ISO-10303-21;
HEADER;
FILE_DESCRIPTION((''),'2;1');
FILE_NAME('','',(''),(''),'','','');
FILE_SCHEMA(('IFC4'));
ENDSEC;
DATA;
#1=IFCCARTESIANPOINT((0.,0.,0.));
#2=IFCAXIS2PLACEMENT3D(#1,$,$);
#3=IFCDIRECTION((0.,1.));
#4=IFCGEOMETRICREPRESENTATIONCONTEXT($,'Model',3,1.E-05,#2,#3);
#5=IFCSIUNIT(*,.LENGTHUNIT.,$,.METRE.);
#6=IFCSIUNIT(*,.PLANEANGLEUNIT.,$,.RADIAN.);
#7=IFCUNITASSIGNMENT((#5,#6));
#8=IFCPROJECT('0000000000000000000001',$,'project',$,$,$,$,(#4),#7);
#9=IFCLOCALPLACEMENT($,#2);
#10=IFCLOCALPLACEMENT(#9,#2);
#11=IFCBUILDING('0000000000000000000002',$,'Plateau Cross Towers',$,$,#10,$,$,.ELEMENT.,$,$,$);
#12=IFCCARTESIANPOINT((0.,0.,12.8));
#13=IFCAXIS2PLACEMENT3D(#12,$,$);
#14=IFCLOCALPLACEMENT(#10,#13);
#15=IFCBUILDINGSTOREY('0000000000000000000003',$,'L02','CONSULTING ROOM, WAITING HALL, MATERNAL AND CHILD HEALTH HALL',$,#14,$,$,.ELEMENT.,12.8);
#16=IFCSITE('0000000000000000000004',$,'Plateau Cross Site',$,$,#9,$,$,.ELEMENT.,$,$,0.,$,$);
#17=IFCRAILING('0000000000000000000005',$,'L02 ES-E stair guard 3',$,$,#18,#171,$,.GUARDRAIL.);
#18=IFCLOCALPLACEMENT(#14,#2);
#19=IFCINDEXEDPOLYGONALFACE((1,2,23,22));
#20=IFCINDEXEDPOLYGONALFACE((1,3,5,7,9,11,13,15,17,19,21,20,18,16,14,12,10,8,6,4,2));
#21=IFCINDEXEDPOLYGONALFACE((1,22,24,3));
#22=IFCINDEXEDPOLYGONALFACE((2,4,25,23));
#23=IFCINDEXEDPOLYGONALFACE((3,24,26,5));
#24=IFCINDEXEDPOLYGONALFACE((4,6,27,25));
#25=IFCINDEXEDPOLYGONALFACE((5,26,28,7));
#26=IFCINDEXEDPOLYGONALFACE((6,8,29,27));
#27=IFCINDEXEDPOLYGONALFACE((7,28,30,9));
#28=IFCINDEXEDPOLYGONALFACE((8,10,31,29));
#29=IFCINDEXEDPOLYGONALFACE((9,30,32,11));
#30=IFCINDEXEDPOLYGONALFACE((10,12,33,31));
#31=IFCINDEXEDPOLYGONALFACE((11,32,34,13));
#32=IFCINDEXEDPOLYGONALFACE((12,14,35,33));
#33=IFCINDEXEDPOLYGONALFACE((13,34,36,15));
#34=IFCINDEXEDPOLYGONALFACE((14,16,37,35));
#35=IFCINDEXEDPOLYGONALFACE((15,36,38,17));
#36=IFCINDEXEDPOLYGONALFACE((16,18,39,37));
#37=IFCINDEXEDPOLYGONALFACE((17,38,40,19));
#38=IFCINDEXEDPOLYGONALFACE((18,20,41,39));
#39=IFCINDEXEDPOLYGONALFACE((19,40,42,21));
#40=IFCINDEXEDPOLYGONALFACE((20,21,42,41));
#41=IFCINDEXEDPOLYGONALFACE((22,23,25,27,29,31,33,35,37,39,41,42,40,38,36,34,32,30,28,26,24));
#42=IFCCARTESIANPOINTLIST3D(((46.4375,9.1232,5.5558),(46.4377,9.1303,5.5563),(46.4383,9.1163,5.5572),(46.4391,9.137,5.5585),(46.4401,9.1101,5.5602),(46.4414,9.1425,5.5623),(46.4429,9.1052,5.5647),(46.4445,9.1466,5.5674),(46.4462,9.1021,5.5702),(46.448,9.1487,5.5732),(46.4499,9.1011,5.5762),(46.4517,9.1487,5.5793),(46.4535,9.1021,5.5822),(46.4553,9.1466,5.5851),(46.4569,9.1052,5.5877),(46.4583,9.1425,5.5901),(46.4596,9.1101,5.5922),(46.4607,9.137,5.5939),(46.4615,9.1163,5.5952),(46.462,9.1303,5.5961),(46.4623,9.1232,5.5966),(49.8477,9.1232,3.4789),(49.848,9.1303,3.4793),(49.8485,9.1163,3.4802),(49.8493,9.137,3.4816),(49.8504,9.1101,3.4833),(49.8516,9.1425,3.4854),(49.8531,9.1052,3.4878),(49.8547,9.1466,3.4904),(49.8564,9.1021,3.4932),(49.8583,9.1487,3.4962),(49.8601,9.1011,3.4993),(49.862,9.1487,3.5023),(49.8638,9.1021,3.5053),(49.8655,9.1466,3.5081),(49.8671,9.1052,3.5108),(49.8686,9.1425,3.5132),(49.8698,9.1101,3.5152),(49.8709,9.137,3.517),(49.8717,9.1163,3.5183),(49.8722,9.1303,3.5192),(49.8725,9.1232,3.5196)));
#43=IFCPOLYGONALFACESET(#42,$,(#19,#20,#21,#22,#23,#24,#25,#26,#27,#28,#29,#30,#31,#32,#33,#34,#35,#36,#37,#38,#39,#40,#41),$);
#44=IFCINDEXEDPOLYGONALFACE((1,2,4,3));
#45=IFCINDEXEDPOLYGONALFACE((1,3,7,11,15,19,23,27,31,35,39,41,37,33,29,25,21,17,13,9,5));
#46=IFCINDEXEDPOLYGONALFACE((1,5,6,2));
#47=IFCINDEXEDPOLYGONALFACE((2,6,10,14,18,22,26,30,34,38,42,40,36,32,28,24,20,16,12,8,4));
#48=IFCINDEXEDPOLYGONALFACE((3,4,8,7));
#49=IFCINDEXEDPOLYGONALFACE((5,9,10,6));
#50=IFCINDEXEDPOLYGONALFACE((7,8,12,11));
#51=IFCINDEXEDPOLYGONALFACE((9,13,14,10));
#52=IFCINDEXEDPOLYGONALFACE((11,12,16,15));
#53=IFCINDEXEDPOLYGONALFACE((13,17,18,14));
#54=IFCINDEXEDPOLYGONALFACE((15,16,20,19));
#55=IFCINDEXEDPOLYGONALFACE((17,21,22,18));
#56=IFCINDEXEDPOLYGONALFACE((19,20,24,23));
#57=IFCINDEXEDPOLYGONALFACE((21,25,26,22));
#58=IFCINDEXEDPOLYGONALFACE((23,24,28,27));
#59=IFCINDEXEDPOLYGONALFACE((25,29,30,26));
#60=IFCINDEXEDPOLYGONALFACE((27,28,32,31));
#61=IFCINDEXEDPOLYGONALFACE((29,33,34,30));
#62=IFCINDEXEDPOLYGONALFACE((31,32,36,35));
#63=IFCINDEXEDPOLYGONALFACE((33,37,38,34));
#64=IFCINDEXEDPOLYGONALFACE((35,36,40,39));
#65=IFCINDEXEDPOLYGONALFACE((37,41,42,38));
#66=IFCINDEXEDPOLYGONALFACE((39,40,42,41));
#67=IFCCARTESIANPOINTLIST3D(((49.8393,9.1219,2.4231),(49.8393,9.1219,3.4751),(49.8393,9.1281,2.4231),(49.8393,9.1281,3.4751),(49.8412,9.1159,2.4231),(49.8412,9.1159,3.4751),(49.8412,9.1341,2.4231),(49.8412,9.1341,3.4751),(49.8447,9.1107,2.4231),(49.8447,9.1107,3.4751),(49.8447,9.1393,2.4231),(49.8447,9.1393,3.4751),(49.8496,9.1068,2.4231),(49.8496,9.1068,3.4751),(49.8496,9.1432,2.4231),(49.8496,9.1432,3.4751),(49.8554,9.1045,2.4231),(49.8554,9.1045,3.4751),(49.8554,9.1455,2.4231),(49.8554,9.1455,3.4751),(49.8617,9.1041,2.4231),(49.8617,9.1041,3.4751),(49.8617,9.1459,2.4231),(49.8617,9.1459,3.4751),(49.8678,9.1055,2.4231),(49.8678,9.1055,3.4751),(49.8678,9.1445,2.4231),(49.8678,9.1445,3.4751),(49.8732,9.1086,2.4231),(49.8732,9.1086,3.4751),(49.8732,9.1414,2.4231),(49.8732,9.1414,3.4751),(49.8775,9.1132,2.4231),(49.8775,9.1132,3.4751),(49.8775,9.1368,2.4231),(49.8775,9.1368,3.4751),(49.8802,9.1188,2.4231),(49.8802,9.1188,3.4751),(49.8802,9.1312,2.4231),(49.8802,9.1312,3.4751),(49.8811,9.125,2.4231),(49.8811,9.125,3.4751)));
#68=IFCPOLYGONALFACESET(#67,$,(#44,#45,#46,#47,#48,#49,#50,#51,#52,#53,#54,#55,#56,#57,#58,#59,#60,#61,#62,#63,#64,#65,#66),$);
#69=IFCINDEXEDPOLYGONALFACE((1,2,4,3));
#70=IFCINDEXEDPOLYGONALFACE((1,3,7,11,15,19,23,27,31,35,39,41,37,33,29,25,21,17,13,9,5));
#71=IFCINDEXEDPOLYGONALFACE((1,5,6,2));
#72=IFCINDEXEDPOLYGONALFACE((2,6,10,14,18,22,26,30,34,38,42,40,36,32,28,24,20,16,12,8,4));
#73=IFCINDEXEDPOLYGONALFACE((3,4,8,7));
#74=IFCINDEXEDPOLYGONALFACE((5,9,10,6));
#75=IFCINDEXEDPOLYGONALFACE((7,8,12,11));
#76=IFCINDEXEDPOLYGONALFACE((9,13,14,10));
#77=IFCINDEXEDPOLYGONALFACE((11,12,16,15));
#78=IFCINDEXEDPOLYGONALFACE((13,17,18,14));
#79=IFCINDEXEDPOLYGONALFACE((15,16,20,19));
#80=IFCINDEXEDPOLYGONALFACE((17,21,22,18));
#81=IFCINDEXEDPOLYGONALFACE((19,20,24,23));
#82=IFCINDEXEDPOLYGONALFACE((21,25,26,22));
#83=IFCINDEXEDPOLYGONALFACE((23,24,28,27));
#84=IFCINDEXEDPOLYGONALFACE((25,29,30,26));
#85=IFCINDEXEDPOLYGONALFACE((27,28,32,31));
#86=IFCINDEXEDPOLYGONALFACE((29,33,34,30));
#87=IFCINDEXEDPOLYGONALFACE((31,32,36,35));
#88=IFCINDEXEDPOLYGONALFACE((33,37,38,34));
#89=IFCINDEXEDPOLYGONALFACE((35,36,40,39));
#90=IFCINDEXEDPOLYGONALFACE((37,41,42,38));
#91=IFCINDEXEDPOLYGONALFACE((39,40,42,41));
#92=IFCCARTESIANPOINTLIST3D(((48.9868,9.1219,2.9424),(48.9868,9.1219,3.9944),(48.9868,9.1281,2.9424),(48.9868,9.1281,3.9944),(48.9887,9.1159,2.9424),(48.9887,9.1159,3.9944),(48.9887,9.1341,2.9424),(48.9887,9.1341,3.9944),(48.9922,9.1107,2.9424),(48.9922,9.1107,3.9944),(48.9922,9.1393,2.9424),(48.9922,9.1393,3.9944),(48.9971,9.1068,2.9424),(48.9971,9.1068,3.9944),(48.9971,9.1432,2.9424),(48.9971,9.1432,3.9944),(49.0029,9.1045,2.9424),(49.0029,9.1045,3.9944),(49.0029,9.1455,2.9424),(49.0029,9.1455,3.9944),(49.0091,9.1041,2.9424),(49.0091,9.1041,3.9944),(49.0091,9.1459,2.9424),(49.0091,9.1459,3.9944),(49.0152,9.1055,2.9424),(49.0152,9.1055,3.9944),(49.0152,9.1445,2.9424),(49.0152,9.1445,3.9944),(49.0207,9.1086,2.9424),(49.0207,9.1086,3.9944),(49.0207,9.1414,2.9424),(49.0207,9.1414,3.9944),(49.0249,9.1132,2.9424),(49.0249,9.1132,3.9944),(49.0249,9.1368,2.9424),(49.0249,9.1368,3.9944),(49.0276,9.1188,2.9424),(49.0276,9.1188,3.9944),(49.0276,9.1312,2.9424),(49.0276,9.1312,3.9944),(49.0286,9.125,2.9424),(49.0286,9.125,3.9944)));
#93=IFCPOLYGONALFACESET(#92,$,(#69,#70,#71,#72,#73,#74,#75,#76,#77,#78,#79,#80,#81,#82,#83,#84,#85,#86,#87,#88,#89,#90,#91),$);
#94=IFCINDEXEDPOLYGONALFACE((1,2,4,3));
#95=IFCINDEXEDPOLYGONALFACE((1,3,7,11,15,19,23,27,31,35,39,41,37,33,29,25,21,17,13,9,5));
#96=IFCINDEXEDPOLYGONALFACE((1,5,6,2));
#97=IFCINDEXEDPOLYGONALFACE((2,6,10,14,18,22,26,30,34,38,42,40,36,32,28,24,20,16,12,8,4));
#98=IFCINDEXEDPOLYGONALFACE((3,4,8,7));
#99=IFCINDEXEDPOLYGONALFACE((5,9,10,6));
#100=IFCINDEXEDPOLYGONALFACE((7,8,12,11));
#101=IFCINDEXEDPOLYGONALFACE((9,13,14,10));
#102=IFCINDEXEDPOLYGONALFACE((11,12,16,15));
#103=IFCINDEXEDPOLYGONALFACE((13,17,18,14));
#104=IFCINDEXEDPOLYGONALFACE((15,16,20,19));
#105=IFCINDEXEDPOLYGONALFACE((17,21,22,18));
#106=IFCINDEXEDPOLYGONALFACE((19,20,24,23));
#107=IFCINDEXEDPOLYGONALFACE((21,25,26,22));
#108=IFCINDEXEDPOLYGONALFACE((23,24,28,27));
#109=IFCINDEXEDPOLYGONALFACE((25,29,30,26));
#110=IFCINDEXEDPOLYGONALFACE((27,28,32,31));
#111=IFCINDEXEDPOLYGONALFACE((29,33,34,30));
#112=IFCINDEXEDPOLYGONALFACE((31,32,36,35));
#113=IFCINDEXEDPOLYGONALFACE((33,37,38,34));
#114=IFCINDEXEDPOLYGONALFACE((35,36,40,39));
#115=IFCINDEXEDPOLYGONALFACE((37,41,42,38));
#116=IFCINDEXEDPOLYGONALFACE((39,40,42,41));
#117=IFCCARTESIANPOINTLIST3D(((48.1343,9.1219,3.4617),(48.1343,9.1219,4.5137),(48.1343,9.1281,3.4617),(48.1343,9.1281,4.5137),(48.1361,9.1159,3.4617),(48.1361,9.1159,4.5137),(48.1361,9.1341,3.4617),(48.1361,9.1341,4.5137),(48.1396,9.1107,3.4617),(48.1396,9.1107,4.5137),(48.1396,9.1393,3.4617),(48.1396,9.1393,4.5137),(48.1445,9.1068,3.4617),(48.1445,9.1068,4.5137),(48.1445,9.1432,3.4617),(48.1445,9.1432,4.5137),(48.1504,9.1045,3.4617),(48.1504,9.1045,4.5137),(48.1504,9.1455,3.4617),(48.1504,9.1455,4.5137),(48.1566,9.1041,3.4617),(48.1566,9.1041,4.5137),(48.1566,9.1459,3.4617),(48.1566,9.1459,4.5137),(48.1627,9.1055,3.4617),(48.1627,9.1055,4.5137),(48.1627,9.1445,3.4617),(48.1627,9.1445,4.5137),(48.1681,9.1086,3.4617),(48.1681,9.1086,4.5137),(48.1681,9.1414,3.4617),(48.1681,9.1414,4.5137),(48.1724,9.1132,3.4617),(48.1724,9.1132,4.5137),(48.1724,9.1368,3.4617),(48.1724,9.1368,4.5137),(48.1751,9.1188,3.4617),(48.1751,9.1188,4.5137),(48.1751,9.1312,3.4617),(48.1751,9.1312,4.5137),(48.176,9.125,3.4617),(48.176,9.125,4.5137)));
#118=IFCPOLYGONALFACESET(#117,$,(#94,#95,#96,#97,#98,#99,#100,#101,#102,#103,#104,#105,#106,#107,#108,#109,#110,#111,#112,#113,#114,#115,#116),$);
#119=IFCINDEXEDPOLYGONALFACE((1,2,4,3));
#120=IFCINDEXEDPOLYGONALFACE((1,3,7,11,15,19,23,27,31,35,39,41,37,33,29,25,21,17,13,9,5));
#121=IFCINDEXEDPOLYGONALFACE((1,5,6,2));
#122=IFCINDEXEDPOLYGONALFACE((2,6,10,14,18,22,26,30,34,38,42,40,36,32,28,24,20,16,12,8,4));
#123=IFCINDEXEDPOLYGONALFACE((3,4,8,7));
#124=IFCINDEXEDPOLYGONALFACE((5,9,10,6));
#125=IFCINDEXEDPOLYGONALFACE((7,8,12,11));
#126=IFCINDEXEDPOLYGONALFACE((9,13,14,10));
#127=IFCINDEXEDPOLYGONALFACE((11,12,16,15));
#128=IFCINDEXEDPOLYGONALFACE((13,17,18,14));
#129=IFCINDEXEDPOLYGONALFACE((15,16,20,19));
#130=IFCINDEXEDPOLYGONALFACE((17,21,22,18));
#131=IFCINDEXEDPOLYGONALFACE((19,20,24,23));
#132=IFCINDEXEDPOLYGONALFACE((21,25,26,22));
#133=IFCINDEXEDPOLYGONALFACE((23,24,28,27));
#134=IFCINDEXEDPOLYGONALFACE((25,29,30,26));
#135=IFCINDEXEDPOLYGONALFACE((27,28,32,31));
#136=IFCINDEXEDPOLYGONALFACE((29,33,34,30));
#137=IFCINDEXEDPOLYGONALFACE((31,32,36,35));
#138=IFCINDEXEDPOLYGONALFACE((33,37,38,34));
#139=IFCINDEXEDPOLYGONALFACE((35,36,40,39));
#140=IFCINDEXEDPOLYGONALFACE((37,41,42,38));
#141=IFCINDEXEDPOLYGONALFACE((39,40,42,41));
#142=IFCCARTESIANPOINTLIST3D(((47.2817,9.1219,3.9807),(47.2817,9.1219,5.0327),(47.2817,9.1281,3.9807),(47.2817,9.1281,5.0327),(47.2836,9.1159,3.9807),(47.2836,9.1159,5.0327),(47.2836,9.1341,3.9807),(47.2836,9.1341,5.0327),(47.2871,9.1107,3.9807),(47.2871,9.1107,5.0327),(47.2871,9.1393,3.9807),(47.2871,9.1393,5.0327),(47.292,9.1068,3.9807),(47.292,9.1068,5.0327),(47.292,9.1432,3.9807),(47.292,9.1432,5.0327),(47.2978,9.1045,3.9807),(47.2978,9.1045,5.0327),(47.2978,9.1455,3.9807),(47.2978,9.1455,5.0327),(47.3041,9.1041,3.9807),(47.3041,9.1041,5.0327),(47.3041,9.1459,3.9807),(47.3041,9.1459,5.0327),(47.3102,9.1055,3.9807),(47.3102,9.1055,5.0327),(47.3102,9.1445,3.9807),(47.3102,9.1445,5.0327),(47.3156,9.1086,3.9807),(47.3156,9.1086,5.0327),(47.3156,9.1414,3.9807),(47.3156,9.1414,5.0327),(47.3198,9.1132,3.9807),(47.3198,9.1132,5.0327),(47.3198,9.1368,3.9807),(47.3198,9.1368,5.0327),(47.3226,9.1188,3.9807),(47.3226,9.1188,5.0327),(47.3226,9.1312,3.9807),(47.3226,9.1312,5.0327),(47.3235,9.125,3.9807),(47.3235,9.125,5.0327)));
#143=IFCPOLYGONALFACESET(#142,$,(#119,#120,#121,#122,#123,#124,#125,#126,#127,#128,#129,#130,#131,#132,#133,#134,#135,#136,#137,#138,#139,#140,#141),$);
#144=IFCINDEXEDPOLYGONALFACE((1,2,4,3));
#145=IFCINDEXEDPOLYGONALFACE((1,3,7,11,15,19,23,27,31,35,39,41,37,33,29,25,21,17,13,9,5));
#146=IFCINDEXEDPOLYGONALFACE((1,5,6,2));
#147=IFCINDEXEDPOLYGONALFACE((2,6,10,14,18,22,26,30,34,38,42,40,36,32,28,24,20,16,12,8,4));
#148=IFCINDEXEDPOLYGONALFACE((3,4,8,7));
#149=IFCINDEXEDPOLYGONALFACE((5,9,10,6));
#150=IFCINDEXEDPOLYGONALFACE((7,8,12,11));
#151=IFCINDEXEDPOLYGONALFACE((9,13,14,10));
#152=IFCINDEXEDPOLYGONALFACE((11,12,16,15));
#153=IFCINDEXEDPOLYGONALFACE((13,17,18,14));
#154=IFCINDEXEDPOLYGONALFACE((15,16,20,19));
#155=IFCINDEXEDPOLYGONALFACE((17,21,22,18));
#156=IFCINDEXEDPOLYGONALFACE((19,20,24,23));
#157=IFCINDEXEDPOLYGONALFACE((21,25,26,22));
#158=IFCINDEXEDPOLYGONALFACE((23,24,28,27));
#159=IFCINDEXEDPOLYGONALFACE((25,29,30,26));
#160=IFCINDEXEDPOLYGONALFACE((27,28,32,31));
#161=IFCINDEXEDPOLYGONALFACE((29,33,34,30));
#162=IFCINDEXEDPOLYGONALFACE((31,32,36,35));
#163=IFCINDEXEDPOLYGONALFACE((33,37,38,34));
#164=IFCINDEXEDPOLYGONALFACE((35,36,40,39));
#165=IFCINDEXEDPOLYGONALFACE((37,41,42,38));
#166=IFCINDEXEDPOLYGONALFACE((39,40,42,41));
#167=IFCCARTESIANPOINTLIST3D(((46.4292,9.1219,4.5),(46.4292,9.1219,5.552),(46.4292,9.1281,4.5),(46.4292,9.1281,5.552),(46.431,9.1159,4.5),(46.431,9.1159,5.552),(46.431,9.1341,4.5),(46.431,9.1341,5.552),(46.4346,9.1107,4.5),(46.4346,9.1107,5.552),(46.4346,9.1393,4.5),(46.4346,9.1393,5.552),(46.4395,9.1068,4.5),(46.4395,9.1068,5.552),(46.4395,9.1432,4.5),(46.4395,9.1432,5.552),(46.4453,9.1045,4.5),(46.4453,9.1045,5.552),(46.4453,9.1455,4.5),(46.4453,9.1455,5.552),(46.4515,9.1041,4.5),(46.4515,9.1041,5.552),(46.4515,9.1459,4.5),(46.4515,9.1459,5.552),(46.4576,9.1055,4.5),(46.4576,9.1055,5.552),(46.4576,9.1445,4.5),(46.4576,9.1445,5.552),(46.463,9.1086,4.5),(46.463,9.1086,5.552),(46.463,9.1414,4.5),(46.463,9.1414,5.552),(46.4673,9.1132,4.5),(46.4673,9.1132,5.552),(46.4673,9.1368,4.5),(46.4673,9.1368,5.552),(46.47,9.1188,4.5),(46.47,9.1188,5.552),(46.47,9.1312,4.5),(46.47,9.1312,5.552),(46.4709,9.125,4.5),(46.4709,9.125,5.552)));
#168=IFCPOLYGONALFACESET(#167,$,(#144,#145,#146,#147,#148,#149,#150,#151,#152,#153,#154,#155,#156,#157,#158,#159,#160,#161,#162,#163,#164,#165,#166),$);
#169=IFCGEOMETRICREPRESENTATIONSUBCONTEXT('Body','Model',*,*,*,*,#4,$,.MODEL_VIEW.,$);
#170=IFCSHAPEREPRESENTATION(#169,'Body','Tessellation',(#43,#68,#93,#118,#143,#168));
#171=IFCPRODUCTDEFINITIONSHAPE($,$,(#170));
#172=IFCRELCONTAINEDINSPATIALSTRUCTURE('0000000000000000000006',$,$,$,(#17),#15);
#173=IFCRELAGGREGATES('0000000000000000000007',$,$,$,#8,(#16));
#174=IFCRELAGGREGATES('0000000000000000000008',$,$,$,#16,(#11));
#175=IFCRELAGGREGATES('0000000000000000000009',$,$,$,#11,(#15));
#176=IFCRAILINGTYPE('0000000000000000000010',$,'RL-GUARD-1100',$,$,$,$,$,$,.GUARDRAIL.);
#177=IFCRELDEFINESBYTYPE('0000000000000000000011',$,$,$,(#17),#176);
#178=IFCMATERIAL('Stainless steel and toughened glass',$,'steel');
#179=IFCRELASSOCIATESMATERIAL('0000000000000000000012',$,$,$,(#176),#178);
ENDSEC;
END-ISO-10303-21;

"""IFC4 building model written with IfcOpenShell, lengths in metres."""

from ifc_helpers import new_model, si_unit, direction, frame, origin, origin_2d, place, context, subcontext, project, spatial, circle, extrude, material, type_object, element, save


model = new_model("IFC4")

# Units and contexts
model_context = context("Model", 3, precision=1e-05, world=origin(), true_north=direction((0.0, 1.0)))
body_context = subcontext(model_context, "Body", "Model", "MODEL_VIEW")
ifc_project = project(units=[si_unit("LENGTHUNIT", "METRE"), si_unit("PLANEANGLEUNIT", "RADIAN")], contexts=[model_context])

# Site, building, storey
site_placement = place(None, origin())
site = spatial("IfcSite", under=ifc_project, at=site_placement, Name="Plateau Cross Site", CompositionType="ELEMENT", RefElevation=0.0)
building_placement = place(site_placement, origin())
building = spatial("IfcBuilding", under=site, at=building_placement, Name="Plateau Cross Towers", CompositionType="ELEMENT")
storey_placement = place(building_placement, frame((0.0, 0.0, 12.8)))
storey = spatial("IfcBuildingStorey", under=building, at=storey_placement, Name="L02", Description="CONSULTING ROOM, WAITING HALL, MATERNAL AND CHILD HEALTH HALL", CompositionType="ELEMENT", Elevation=12.8)

# Railing
ifc_material_1 = material(Name="Stainless steel and toughened glass", Category="steel")
railing_type_1 = type_object("IfcRailingType", Name="RL-GUARD-1100", PredefinedType="GUARDRAIL", material=ifc_material_1)
railing_1_placement = place(storey_placement, frame((49.8601, 9.125, 2.4231)))
element("IfcRailing", 1, at=railing_1_placement, inside=storey, type_object=railing_type_1, Name="L02 ES-E stair guard 3", PredefinedType="GUARDRAIL", context=body_context, shape_type="SweptSolid", body=[
    extrude(circle(Radius=0.0239, at=origin_2d()), frame((0.0, 0.0, 1.0762), z_axis=(-0.85407, 0.0, 0.520158), x_axis=(0.0, -1.0, 0.0)), (0.0, 0.0, 1.0), 3.9929),
    extrude(circle(Radius=0.021, at=origin_2d()), origin(), (0.0, 0.0, 1.0), 1.052),
    extrude(circle(Radius=0.021, at=origin_2d()), frame((-0.8525, 0.0, 0.5193)), (0.0, 0.0, 1.0), 1.052),
    extrude(circle(Radius=0.021, at=origin_2d()), frame((-1.7051, 0.0, 1.0386)), (0.0, 0.0, 1.0), 1.052),
    extrude(circle(Radius=0.021, at=origin_2d()), frame((-2.5576, 0.0, 1.5576)), (0.0, 0.0, 1.0), 1.052),
    extrude(circle(Radius=0.021, at=origin_2d()), frame((-3.4102, 0.0, 2.0769)), (0.0, 0.0, 1.0), 1.052),
])

save(model, "model.ifc")
